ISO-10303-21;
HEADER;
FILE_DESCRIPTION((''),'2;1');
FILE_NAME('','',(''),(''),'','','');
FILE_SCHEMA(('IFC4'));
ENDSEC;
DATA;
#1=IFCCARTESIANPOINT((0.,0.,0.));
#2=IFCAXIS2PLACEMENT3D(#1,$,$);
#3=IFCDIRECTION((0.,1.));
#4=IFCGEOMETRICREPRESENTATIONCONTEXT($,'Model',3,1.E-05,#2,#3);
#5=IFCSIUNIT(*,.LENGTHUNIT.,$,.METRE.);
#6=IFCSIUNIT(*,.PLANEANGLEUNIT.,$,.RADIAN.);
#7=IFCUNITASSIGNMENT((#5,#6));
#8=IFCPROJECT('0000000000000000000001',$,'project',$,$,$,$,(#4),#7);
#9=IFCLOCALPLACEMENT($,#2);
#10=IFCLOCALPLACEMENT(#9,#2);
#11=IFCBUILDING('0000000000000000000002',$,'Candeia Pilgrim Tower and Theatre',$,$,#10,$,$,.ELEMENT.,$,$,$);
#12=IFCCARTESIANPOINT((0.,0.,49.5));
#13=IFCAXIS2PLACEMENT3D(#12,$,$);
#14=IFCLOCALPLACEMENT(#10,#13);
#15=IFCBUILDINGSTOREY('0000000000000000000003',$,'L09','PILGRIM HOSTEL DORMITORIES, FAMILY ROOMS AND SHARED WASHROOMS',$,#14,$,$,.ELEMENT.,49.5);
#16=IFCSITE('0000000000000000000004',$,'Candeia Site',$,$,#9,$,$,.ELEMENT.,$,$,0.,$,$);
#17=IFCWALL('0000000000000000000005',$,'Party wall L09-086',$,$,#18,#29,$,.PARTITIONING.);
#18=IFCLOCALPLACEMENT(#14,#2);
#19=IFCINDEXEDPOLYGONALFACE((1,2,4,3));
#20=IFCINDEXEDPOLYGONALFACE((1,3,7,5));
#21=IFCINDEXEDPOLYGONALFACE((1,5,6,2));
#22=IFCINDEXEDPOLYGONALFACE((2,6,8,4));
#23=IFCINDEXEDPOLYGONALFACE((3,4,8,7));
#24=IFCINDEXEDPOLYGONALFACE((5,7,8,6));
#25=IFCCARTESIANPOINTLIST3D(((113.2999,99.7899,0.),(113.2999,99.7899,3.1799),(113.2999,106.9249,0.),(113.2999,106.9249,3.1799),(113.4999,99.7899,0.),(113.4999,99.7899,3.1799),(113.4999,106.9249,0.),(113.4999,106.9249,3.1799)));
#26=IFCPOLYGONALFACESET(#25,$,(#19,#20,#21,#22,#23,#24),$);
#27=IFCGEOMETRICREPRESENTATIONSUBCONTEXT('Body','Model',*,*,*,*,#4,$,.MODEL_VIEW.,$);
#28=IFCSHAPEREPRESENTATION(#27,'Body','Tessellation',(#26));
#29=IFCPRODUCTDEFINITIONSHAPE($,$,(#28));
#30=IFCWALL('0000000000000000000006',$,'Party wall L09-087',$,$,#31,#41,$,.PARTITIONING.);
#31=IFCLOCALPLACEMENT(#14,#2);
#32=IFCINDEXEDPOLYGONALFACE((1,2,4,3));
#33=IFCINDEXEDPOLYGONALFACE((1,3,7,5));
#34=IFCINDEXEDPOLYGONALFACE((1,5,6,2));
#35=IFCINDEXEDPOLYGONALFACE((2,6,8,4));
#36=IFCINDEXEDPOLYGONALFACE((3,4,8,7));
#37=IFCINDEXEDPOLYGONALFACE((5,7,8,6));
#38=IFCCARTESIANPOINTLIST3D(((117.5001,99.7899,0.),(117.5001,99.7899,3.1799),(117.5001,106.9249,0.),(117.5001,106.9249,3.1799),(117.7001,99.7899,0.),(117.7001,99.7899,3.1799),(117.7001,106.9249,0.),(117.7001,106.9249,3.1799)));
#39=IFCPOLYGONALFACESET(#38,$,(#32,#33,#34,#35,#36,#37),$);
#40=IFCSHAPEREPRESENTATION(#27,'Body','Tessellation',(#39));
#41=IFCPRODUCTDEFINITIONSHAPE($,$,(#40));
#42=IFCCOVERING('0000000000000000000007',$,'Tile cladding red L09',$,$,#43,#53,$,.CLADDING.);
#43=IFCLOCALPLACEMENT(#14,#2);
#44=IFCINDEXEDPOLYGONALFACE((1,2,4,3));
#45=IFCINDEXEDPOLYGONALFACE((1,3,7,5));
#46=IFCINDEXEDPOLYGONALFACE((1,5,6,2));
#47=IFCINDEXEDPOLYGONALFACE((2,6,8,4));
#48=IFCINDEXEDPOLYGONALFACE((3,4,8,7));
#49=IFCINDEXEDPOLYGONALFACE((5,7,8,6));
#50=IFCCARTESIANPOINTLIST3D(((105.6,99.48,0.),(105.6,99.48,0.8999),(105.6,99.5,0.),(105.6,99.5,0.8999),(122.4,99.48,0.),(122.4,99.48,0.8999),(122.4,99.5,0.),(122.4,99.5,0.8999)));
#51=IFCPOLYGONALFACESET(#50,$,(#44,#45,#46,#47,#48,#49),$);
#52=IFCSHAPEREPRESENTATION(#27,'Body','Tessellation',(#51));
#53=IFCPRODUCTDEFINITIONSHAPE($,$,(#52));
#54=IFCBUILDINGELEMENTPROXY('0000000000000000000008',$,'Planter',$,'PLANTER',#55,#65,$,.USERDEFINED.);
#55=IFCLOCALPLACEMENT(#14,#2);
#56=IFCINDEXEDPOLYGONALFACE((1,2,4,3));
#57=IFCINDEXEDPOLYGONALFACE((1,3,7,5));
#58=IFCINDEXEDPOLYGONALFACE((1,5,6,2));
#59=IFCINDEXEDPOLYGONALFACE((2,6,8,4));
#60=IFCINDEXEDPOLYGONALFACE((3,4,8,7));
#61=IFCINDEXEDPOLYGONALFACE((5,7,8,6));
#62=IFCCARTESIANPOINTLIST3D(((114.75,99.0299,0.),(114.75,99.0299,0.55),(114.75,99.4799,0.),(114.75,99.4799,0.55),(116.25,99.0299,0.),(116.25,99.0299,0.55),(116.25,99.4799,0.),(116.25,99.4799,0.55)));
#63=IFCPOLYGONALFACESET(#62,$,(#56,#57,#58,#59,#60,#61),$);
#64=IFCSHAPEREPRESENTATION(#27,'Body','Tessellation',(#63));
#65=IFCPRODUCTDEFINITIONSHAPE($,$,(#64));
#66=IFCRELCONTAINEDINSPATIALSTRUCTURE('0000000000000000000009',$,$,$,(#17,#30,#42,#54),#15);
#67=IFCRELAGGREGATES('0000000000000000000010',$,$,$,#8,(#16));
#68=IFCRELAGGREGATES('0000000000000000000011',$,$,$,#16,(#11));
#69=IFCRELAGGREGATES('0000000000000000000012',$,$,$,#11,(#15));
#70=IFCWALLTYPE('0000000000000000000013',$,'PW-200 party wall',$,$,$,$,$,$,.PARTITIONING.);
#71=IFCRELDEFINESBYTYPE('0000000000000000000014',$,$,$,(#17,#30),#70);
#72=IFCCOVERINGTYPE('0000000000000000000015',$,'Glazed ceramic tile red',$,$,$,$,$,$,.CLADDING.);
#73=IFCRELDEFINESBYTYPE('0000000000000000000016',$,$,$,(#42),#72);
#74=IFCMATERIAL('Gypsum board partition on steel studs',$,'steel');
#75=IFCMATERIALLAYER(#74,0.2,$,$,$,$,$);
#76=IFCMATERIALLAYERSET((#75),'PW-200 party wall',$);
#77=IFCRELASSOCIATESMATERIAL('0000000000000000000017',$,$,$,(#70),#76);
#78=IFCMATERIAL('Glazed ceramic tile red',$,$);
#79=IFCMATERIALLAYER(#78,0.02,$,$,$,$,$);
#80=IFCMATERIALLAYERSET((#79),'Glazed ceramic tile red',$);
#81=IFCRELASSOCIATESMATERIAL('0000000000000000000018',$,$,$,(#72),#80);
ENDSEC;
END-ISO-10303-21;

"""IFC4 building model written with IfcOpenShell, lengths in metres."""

from ifc_helpers import new_model, si_unit, direction, frame, frame_2d, origin, origin_2d, place, context, subcontext, project, spatial, rectangle, extrude, material, layer, layer_set, type_object, element, save


model = new_model("IFC4")

# Units and contexts
model_context = context("Model", 3, precision=1e-05, world=origin(), true_north=direction((0.0, 1.0)))
body_context = subcontext(model_context, "Body", "Model", "MODEL_VIEW")
ifc_project = project(units=[si_unit("LENGTHUNIT", "METRE"), si_unit("PLANEANGLEUNIT", "RADIAN")], contexts=[model_context])

# Site, building, storey
site_placement = place(None, origin())
site = spatial("IfcSite", under=ifc_project, at=site_placement, Name="Candeia Site", CompositionType="ELEMENT", RefElevation=0.0)
building_placement = place(site_placement, origin())
building = spatial("IfcBuilding", under=site, at=building_placement, Name="Candeia Pilgrim Tower and Theatre", CompositionType="ELEMENT")
storey_placement = place(building_placement, frame((0.0, 0.0, 49.5)))
storey = spatial("IfcBuildingStorey", under=building, at=storey_placement, Name="L09", Description="PILGRIM HOSTEL DORMITORIES, FAMILY ROOMS AND SHARED WASHROOMS", CompositionType="ELEMENT", Elevation=49.5)

# Shared definitions
ifc_material_1 = material(Name="Gypsum board partition on steel studs", Category="steel")

# Walls
ifc_layer_1 = layer(ifc_material_1, 0.2)
ifc_layer_set_1 = layer_set([ifc_layer_1], Name="PW-200 party wall")
wall_type_1 = type_object("IfcWallType", Name="PW-200 party wall", PredefinedType="PARTITIONING", material=ifc_layer_set_1)
for number, where, z_axis, x_axis, name in (
    (1, (113.3999, 99.79, 0.0), (0.0, 0.0, 1.0), (0.0, 1.0, 0.0), "Party wall L09-086"),
    (2, (117.6001, 99.79, 0.0), (0.0, 0.0, 1.0), (0.0, 1.0, 0.0), "Party wall L09-087"),
):
    element("IfcWall", number, at=place(storey_placement, frame(where, z_axis=z_axis, x_axis=x_axis)), inside=storey, type_object=wall_type_1, Name=name, PredefinedType="PARTITIONING", context=body_context, shape_type="SweptSolid", body=[
        extrude(rectangle(XDim=7.135, YDim=0.2, at=frame_2d((3.5674, 0.0))), origin(), (0.0, 0.0, 1.0), 3.1799),
    ])

# Covering
ifc_material_2 = material(Name="Glazed ceramic tile red")
ifc_layer_2 = layer(ifc_material_2, 0.02)
ifc_layer_set_2 = layer_set([ifc_layer_2], Name="Glazed ceramic tile red")
covering_type = type_object("IfcCoveringType", Name="Glazed ceramic tile red", PredefinedType="CLADDING", material=ifc_layer_set_2)
covering_placement = place(storey_placement, frame((114.0, 99.49, 0.0), z_axis=(0.0, 0.0, 1.0), x_axis=(1.0, 0.0, 0.0)))
element("IfcCovering", 3, at=covering_placement, inside=storey, type_object=covering_type, Name="Tile cladding red L09", PredefinedType="CLADDING", context=body_context, shape_type="SweptSolid", body=[
    extrude(rectangle(XDim=16.8, YDim=0.02, at=origin_2d()), origin(), (0.0, 0.0, 1.0), 0.8999),
])

# Building element proxy
proxy_placement = place(storey_placement, frame((115.5, 99.2549, 0.0), z_axis=(0.0, 0.0, 1.0), x_axis=(1.0, 0.0, 0.0)))
element("IfcBuildingElementProxy", 4, at=proxy_placement, inside=storey, Name="Planter", ObjectType="PLANTER", PredefinedType="USERDEFINED", context=body_context, shape_type="SweptSolid", body=[
    extrude(rectangle(XDim=1.5, YDim=0.45, at=origin_2d()), origin(), (0.0, 0.0, 1.0), 0.55),
])

save(model, "model.ifc")
